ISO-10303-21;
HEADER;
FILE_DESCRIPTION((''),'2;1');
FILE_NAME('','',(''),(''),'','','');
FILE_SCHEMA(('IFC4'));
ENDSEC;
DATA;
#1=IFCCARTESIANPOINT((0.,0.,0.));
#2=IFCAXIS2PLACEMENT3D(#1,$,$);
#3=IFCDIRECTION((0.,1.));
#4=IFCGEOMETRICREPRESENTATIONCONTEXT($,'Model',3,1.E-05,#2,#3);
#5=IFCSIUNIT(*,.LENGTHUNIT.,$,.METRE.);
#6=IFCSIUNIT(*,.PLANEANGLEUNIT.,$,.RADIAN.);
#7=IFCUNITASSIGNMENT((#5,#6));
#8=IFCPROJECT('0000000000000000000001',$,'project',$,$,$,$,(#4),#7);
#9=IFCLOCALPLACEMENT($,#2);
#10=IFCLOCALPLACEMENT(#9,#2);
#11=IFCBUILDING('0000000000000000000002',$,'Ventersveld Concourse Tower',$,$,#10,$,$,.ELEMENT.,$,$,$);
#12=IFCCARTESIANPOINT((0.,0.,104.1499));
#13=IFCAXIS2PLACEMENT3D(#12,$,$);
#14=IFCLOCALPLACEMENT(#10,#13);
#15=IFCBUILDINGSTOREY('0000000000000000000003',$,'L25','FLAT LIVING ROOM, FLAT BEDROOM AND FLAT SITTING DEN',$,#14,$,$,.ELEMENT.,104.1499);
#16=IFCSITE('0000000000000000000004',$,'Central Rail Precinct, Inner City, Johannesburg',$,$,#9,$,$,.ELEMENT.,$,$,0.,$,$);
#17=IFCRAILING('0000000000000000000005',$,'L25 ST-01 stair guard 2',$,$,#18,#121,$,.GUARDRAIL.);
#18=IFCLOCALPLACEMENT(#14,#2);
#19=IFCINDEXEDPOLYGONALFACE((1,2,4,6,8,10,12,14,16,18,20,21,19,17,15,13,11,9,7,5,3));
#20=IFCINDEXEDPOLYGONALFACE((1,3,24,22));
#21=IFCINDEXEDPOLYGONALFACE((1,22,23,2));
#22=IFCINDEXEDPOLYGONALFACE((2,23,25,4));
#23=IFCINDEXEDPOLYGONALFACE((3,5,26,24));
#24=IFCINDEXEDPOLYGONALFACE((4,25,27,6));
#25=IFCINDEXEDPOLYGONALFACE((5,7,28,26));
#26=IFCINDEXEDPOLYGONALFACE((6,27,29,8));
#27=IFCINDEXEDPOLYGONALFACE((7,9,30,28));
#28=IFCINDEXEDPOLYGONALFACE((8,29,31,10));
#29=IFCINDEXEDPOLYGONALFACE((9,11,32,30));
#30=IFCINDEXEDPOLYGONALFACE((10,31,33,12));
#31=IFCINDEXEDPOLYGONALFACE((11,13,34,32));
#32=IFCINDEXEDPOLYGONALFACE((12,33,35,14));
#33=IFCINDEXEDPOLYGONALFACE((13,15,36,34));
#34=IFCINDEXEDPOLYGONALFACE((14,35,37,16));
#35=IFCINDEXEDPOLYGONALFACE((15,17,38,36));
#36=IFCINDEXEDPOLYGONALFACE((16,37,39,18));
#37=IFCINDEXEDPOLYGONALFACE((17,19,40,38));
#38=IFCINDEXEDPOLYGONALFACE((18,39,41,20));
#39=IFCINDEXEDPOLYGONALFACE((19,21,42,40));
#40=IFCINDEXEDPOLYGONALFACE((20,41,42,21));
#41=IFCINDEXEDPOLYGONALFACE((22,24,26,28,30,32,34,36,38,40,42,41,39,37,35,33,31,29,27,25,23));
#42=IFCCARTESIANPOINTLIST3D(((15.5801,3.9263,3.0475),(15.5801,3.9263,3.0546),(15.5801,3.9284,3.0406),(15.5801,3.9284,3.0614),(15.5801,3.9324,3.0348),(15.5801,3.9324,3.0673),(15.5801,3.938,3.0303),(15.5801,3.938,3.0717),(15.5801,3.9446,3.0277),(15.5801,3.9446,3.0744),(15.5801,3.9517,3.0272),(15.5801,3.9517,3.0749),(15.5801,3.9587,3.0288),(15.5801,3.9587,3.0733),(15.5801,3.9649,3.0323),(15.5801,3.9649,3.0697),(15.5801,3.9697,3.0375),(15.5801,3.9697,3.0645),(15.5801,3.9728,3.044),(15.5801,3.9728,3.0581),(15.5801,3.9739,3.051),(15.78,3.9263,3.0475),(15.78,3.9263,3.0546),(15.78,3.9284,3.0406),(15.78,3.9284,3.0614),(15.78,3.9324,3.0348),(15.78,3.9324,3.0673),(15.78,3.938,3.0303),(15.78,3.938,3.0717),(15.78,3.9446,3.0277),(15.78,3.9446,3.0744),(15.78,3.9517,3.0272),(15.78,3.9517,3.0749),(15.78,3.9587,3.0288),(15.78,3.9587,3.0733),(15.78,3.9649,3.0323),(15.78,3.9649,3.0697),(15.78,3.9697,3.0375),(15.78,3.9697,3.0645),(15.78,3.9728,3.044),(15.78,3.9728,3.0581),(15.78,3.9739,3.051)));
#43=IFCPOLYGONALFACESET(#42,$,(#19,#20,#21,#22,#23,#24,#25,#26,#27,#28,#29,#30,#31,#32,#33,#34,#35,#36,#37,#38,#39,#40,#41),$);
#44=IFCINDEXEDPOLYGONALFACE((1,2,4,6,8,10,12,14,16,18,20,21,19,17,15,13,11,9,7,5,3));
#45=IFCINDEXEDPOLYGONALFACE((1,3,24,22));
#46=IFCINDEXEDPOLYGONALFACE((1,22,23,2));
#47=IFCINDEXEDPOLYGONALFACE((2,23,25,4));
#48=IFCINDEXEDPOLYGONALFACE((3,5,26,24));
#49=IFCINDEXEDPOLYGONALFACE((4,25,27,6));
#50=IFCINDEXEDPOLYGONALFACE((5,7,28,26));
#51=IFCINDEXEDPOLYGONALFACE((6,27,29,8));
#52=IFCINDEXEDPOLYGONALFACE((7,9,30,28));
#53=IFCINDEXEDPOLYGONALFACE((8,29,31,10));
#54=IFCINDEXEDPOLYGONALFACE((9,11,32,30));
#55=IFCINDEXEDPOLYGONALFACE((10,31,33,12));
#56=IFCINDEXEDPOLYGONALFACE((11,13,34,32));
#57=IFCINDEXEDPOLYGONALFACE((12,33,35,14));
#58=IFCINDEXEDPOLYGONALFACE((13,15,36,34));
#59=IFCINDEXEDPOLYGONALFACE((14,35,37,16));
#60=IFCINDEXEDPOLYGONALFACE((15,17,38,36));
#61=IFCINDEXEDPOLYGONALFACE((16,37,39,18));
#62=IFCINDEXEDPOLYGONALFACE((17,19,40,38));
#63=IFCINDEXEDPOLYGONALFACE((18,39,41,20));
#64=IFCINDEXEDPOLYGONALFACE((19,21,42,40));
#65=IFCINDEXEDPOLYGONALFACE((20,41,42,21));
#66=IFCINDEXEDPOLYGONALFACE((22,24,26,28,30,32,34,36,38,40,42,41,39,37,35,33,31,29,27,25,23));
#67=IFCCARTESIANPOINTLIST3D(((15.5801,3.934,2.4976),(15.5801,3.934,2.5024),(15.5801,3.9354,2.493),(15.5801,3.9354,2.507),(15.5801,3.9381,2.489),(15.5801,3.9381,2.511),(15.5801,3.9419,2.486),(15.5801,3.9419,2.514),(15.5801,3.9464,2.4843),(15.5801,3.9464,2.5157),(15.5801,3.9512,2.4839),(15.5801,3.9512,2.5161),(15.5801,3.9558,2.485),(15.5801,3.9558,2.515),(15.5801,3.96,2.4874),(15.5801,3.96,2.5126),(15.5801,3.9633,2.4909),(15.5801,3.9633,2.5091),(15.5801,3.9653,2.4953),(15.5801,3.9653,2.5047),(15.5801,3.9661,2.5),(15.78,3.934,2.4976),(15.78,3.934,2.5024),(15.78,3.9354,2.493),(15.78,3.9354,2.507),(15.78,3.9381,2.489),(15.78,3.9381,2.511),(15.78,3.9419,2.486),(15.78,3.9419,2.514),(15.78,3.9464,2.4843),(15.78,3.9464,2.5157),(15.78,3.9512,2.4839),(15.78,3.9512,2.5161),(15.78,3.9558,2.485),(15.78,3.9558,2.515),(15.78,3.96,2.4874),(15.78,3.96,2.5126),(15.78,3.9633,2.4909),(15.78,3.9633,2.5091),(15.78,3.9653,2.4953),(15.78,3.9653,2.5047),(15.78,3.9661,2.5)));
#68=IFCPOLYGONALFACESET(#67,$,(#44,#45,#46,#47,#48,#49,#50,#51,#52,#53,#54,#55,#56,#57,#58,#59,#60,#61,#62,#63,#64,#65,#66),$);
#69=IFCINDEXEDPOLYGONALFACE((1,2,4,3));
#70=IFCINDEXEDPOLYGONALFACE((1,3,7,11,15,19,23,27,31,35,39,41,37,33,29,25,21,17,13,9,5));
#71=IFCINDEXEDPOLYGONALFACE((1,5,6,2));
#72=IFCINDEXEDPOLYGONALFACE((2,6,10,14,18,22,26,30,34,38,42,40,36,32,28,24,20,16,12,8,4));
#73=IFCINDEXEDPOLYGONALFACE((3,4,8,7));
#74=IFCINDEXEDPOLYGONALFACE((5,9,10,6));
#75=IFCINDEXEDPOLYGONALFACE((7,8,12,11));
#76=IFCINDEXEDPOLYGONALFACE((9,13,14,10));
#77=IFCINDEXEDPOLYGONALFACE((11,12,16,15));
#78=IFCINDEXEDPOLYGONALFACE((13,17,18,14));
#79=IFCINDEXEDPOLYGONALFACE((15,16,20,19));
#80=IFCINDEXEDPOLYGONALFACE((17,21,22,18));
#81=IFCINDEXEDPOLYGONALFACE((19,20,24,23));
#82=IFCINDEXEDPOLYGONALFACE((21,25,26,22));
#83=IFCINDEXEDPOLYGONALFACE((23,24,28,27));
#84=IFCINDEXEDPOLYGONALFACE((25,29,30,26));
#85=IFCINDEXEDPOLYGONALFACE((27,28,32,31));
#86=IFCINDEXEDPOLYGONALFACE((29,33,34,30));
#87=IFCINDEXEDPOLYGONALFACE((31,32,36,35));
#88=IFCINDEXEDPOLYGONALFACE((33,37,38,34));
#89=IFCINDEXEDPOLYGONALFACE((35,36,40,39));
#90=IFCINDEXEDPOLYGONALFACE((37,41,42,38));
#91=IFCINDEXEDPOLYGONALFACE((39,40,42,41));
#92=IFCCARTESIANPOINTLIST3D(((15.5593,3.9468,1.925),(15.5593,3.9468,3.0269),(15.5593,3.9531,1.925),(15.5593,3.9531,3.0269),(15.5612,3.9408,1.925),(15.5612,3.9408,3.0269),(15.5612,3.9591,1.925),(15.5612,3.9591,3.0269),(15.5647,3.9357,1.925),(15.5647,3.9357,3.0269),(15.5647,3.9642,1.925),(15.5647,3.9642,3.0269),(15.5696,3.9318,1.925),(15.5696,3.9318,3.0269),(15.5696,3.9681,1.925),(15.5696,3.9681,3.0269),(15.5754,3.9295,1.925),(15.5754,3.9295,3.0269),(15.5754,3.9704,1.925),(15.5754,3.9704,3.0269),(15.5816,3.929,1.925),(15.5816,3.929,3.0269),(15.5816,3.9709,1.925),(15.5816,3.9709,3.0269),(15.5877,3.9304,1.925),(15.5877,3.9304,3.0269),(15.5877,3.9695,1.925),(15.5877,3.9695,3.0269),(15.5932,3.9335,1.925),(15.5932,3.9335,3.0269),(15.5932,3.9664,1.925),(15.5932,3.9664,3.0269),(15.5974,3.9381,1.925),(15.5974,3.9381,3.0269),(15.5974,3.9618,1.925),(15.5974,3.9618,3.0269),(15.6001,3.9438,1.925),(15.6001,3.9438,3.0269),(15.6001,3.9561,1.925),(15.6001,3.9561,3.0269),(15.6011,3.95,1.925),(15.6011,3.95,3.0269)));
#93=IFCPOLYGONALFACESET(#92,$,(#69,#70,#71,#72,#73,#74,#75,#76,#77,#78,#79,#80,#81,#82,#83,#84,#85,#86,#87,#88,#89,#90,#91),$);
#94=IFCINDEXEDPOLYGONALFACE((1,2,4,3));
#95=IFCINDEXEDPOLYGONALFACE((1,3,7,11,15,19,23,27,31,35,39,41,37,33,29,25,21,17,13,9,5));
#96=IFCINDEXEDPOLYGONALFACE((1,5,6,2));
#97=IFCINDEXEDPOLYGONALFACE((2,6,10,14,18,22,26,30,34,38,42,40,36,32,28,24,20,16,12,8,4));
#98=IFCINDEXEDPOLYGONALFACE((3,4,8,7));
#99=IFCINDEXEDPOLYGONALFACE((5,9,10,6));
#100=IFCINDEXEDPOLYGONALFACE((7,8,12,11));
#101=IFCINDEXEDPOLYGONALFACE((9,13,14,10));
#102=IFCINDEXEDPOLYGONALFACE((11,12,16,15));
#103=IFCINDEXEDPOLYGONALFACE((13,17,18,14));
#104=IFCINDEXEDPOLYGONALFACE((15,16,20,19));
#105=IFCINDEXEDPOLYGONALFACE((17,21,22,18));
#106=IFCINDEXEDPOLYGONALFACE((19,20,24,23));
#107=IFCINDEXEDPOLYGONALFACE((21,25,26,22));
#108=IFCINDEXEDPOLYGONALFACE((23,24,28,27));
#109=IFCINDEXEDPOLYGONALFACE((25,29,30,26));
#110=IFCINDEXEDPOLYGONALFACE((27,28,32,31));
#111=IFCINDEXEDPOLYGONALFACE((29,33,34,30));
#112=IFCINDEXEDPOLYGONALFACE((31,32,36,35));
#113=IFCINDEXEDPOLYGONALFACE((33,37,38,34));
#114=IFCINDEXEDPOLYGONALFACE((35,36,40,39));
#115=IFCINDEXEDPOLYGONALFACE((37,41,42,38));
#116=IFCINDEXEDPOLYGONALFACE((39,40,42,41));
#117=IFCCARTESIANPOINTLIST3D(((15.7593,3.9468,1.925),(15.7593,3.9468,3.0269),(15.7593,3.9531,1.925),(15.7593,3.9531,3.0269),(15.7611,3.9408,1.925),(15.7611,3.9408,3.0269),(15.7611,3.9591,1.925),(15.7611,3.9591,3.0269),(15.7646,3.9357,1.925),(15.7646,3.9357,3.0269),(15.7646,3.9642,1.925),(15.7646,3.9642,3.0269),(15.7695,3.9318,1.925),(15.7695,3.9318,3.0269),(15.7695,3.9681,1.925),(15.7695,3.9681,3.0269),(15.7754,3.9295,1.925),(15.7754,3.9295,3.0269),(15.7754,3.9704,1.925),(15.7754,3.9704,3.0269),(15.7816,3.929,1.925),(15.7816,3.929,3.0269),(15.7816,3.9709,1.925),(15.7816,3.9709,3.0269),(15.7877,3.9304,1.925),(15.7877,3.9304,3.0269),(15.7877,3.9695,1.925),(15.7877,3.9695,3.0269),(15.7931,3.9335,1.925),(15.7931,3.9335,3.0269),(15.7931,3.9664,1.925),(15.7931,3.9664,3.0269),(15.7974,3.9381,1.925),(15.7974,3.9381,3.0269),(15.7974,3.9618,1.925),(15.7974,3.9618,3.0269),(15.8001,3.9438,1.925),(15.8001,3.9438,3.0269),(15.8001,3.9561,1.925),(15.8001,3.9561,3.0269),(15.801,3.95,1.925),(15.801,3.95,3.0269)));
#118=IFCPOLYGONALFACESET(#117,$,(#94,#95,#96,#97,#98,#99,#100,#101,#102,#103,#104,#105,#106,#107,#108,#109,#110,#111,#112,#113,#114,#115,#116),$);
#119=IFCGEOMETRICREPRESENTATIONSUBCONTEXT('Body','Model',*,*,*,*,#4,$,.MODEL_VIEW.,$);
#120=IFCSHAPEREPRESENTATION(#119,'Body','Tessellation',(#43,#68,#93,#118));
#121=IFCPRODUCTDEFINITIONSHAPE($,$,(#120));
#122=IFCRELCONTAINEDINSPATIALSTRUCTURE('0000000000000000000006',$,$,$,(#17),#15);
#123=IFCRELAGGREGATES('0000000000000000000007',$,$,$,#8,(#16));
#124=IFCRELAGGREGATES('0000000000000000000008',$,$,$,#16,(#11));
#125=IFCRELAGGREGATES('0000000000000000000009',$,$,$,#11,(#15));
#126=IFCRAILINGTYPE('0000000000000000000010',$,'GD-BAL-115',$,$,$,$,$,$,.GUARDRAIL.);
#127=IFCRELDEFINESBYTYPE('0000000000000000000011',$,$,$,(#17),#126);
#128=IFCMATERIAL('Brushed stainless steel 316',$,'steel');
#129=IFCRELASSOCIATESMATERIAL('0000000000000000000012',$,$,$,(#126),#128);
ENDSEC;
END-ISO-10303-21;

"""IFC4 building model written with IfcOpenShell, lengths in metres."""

from ifc_helpers import new_model, si_unit, direction, frame, origin, origin_2d, place, context, subcontext, project, spatial, circle, extrude, material, type_object, element, save


model = new_model("IFC4")

# Units and contexts
model_context = context("Model", 3, precision=1e-05, world=origin(), true_north=direction((0.0, 1.0)))
body_context = subcontext(model_context, "Body", "Model", "MODEL_VIEW")
ifc_project = project(units=[si_unit("LENGTHUNIT", "METRE"), si_unit("PLANEANGLEUNIT", "RADIAN")], contexts=[model_context])

# Site, building, storey
site_placement = place(None, origin())
site = spatial("IfcSite", under=ifc_project, at=site_placement, Name="Central Rail Precinct, Inner City, Johannesburg", CompositionType="ELEMENT", RefElevation=0.0)
building_placement = place(site_placement, origin())
building = spatial("IfcBuilding", under=site, at=building_placement, Name="Ventersveld Concourse Tower", CompositionType="ELEMENT")
storey_placement = place(building_placement, frame((0.0, 0.0, 104.1499)))
storey = spatial("IfcBuildingStorey", under=building, at=storey_placement, Name="L25", Description="FLAT LIVING ROOM, FLAT BEDROOM AND FLAT SITTING DEN", CompositionType="ELEMENT", Elevation=104.1499)

# Railing
ifc_material_1 = material(Name="Brushed stainless steel 316", Category="steel")
railing_type_1 = type_object("IfcRailingType", Name="GD-BAL-115", PredefinedType="GUARDRAIL", material=ifc_material_1)
railing_1_placement = place(storey_placement, frame((15.5801, 3.95, 1.925)))
element("IfcRailing", 1, at=railing_1_placement, inside=storey, type_object=railing_type_1, Name="L25 ST-01 stair guard 2", PredefinedType="GUARDRAIL", context=body_context, shape_type="SweptSolid", body=[
    extrude(circle(Radius=0.0239, at=origin_2d()), frame((0.0, 0.0, 1.126), z_axis=(1.0, 0.0, 0.0), x_axis=(0.0, 1.0, 0.0)), (0.0, 0.0, 1.0), 0.2),
    extrude(circle(Radius=0.0161, at=origin_2d()), frame((0.0, 0.0, 0.575), z_axis=(1.0, 0.0, 0.0), x_axis=(0.0, 1.0, 0.0)), (0.0, 0.0, 1.0), 0.2),
    extrude(circle(Radius=0.021, at=origin_2d()), origin(), (0.0, 0.0, 1.0), 1.1018),
    extrude(circle(Radius=0.021, at=origin_2d()), frame((0.2, 0.0, 0.0)), (0.0, 0.0, 1.0), 1.1018),
])

save(model, "model.ifc")
